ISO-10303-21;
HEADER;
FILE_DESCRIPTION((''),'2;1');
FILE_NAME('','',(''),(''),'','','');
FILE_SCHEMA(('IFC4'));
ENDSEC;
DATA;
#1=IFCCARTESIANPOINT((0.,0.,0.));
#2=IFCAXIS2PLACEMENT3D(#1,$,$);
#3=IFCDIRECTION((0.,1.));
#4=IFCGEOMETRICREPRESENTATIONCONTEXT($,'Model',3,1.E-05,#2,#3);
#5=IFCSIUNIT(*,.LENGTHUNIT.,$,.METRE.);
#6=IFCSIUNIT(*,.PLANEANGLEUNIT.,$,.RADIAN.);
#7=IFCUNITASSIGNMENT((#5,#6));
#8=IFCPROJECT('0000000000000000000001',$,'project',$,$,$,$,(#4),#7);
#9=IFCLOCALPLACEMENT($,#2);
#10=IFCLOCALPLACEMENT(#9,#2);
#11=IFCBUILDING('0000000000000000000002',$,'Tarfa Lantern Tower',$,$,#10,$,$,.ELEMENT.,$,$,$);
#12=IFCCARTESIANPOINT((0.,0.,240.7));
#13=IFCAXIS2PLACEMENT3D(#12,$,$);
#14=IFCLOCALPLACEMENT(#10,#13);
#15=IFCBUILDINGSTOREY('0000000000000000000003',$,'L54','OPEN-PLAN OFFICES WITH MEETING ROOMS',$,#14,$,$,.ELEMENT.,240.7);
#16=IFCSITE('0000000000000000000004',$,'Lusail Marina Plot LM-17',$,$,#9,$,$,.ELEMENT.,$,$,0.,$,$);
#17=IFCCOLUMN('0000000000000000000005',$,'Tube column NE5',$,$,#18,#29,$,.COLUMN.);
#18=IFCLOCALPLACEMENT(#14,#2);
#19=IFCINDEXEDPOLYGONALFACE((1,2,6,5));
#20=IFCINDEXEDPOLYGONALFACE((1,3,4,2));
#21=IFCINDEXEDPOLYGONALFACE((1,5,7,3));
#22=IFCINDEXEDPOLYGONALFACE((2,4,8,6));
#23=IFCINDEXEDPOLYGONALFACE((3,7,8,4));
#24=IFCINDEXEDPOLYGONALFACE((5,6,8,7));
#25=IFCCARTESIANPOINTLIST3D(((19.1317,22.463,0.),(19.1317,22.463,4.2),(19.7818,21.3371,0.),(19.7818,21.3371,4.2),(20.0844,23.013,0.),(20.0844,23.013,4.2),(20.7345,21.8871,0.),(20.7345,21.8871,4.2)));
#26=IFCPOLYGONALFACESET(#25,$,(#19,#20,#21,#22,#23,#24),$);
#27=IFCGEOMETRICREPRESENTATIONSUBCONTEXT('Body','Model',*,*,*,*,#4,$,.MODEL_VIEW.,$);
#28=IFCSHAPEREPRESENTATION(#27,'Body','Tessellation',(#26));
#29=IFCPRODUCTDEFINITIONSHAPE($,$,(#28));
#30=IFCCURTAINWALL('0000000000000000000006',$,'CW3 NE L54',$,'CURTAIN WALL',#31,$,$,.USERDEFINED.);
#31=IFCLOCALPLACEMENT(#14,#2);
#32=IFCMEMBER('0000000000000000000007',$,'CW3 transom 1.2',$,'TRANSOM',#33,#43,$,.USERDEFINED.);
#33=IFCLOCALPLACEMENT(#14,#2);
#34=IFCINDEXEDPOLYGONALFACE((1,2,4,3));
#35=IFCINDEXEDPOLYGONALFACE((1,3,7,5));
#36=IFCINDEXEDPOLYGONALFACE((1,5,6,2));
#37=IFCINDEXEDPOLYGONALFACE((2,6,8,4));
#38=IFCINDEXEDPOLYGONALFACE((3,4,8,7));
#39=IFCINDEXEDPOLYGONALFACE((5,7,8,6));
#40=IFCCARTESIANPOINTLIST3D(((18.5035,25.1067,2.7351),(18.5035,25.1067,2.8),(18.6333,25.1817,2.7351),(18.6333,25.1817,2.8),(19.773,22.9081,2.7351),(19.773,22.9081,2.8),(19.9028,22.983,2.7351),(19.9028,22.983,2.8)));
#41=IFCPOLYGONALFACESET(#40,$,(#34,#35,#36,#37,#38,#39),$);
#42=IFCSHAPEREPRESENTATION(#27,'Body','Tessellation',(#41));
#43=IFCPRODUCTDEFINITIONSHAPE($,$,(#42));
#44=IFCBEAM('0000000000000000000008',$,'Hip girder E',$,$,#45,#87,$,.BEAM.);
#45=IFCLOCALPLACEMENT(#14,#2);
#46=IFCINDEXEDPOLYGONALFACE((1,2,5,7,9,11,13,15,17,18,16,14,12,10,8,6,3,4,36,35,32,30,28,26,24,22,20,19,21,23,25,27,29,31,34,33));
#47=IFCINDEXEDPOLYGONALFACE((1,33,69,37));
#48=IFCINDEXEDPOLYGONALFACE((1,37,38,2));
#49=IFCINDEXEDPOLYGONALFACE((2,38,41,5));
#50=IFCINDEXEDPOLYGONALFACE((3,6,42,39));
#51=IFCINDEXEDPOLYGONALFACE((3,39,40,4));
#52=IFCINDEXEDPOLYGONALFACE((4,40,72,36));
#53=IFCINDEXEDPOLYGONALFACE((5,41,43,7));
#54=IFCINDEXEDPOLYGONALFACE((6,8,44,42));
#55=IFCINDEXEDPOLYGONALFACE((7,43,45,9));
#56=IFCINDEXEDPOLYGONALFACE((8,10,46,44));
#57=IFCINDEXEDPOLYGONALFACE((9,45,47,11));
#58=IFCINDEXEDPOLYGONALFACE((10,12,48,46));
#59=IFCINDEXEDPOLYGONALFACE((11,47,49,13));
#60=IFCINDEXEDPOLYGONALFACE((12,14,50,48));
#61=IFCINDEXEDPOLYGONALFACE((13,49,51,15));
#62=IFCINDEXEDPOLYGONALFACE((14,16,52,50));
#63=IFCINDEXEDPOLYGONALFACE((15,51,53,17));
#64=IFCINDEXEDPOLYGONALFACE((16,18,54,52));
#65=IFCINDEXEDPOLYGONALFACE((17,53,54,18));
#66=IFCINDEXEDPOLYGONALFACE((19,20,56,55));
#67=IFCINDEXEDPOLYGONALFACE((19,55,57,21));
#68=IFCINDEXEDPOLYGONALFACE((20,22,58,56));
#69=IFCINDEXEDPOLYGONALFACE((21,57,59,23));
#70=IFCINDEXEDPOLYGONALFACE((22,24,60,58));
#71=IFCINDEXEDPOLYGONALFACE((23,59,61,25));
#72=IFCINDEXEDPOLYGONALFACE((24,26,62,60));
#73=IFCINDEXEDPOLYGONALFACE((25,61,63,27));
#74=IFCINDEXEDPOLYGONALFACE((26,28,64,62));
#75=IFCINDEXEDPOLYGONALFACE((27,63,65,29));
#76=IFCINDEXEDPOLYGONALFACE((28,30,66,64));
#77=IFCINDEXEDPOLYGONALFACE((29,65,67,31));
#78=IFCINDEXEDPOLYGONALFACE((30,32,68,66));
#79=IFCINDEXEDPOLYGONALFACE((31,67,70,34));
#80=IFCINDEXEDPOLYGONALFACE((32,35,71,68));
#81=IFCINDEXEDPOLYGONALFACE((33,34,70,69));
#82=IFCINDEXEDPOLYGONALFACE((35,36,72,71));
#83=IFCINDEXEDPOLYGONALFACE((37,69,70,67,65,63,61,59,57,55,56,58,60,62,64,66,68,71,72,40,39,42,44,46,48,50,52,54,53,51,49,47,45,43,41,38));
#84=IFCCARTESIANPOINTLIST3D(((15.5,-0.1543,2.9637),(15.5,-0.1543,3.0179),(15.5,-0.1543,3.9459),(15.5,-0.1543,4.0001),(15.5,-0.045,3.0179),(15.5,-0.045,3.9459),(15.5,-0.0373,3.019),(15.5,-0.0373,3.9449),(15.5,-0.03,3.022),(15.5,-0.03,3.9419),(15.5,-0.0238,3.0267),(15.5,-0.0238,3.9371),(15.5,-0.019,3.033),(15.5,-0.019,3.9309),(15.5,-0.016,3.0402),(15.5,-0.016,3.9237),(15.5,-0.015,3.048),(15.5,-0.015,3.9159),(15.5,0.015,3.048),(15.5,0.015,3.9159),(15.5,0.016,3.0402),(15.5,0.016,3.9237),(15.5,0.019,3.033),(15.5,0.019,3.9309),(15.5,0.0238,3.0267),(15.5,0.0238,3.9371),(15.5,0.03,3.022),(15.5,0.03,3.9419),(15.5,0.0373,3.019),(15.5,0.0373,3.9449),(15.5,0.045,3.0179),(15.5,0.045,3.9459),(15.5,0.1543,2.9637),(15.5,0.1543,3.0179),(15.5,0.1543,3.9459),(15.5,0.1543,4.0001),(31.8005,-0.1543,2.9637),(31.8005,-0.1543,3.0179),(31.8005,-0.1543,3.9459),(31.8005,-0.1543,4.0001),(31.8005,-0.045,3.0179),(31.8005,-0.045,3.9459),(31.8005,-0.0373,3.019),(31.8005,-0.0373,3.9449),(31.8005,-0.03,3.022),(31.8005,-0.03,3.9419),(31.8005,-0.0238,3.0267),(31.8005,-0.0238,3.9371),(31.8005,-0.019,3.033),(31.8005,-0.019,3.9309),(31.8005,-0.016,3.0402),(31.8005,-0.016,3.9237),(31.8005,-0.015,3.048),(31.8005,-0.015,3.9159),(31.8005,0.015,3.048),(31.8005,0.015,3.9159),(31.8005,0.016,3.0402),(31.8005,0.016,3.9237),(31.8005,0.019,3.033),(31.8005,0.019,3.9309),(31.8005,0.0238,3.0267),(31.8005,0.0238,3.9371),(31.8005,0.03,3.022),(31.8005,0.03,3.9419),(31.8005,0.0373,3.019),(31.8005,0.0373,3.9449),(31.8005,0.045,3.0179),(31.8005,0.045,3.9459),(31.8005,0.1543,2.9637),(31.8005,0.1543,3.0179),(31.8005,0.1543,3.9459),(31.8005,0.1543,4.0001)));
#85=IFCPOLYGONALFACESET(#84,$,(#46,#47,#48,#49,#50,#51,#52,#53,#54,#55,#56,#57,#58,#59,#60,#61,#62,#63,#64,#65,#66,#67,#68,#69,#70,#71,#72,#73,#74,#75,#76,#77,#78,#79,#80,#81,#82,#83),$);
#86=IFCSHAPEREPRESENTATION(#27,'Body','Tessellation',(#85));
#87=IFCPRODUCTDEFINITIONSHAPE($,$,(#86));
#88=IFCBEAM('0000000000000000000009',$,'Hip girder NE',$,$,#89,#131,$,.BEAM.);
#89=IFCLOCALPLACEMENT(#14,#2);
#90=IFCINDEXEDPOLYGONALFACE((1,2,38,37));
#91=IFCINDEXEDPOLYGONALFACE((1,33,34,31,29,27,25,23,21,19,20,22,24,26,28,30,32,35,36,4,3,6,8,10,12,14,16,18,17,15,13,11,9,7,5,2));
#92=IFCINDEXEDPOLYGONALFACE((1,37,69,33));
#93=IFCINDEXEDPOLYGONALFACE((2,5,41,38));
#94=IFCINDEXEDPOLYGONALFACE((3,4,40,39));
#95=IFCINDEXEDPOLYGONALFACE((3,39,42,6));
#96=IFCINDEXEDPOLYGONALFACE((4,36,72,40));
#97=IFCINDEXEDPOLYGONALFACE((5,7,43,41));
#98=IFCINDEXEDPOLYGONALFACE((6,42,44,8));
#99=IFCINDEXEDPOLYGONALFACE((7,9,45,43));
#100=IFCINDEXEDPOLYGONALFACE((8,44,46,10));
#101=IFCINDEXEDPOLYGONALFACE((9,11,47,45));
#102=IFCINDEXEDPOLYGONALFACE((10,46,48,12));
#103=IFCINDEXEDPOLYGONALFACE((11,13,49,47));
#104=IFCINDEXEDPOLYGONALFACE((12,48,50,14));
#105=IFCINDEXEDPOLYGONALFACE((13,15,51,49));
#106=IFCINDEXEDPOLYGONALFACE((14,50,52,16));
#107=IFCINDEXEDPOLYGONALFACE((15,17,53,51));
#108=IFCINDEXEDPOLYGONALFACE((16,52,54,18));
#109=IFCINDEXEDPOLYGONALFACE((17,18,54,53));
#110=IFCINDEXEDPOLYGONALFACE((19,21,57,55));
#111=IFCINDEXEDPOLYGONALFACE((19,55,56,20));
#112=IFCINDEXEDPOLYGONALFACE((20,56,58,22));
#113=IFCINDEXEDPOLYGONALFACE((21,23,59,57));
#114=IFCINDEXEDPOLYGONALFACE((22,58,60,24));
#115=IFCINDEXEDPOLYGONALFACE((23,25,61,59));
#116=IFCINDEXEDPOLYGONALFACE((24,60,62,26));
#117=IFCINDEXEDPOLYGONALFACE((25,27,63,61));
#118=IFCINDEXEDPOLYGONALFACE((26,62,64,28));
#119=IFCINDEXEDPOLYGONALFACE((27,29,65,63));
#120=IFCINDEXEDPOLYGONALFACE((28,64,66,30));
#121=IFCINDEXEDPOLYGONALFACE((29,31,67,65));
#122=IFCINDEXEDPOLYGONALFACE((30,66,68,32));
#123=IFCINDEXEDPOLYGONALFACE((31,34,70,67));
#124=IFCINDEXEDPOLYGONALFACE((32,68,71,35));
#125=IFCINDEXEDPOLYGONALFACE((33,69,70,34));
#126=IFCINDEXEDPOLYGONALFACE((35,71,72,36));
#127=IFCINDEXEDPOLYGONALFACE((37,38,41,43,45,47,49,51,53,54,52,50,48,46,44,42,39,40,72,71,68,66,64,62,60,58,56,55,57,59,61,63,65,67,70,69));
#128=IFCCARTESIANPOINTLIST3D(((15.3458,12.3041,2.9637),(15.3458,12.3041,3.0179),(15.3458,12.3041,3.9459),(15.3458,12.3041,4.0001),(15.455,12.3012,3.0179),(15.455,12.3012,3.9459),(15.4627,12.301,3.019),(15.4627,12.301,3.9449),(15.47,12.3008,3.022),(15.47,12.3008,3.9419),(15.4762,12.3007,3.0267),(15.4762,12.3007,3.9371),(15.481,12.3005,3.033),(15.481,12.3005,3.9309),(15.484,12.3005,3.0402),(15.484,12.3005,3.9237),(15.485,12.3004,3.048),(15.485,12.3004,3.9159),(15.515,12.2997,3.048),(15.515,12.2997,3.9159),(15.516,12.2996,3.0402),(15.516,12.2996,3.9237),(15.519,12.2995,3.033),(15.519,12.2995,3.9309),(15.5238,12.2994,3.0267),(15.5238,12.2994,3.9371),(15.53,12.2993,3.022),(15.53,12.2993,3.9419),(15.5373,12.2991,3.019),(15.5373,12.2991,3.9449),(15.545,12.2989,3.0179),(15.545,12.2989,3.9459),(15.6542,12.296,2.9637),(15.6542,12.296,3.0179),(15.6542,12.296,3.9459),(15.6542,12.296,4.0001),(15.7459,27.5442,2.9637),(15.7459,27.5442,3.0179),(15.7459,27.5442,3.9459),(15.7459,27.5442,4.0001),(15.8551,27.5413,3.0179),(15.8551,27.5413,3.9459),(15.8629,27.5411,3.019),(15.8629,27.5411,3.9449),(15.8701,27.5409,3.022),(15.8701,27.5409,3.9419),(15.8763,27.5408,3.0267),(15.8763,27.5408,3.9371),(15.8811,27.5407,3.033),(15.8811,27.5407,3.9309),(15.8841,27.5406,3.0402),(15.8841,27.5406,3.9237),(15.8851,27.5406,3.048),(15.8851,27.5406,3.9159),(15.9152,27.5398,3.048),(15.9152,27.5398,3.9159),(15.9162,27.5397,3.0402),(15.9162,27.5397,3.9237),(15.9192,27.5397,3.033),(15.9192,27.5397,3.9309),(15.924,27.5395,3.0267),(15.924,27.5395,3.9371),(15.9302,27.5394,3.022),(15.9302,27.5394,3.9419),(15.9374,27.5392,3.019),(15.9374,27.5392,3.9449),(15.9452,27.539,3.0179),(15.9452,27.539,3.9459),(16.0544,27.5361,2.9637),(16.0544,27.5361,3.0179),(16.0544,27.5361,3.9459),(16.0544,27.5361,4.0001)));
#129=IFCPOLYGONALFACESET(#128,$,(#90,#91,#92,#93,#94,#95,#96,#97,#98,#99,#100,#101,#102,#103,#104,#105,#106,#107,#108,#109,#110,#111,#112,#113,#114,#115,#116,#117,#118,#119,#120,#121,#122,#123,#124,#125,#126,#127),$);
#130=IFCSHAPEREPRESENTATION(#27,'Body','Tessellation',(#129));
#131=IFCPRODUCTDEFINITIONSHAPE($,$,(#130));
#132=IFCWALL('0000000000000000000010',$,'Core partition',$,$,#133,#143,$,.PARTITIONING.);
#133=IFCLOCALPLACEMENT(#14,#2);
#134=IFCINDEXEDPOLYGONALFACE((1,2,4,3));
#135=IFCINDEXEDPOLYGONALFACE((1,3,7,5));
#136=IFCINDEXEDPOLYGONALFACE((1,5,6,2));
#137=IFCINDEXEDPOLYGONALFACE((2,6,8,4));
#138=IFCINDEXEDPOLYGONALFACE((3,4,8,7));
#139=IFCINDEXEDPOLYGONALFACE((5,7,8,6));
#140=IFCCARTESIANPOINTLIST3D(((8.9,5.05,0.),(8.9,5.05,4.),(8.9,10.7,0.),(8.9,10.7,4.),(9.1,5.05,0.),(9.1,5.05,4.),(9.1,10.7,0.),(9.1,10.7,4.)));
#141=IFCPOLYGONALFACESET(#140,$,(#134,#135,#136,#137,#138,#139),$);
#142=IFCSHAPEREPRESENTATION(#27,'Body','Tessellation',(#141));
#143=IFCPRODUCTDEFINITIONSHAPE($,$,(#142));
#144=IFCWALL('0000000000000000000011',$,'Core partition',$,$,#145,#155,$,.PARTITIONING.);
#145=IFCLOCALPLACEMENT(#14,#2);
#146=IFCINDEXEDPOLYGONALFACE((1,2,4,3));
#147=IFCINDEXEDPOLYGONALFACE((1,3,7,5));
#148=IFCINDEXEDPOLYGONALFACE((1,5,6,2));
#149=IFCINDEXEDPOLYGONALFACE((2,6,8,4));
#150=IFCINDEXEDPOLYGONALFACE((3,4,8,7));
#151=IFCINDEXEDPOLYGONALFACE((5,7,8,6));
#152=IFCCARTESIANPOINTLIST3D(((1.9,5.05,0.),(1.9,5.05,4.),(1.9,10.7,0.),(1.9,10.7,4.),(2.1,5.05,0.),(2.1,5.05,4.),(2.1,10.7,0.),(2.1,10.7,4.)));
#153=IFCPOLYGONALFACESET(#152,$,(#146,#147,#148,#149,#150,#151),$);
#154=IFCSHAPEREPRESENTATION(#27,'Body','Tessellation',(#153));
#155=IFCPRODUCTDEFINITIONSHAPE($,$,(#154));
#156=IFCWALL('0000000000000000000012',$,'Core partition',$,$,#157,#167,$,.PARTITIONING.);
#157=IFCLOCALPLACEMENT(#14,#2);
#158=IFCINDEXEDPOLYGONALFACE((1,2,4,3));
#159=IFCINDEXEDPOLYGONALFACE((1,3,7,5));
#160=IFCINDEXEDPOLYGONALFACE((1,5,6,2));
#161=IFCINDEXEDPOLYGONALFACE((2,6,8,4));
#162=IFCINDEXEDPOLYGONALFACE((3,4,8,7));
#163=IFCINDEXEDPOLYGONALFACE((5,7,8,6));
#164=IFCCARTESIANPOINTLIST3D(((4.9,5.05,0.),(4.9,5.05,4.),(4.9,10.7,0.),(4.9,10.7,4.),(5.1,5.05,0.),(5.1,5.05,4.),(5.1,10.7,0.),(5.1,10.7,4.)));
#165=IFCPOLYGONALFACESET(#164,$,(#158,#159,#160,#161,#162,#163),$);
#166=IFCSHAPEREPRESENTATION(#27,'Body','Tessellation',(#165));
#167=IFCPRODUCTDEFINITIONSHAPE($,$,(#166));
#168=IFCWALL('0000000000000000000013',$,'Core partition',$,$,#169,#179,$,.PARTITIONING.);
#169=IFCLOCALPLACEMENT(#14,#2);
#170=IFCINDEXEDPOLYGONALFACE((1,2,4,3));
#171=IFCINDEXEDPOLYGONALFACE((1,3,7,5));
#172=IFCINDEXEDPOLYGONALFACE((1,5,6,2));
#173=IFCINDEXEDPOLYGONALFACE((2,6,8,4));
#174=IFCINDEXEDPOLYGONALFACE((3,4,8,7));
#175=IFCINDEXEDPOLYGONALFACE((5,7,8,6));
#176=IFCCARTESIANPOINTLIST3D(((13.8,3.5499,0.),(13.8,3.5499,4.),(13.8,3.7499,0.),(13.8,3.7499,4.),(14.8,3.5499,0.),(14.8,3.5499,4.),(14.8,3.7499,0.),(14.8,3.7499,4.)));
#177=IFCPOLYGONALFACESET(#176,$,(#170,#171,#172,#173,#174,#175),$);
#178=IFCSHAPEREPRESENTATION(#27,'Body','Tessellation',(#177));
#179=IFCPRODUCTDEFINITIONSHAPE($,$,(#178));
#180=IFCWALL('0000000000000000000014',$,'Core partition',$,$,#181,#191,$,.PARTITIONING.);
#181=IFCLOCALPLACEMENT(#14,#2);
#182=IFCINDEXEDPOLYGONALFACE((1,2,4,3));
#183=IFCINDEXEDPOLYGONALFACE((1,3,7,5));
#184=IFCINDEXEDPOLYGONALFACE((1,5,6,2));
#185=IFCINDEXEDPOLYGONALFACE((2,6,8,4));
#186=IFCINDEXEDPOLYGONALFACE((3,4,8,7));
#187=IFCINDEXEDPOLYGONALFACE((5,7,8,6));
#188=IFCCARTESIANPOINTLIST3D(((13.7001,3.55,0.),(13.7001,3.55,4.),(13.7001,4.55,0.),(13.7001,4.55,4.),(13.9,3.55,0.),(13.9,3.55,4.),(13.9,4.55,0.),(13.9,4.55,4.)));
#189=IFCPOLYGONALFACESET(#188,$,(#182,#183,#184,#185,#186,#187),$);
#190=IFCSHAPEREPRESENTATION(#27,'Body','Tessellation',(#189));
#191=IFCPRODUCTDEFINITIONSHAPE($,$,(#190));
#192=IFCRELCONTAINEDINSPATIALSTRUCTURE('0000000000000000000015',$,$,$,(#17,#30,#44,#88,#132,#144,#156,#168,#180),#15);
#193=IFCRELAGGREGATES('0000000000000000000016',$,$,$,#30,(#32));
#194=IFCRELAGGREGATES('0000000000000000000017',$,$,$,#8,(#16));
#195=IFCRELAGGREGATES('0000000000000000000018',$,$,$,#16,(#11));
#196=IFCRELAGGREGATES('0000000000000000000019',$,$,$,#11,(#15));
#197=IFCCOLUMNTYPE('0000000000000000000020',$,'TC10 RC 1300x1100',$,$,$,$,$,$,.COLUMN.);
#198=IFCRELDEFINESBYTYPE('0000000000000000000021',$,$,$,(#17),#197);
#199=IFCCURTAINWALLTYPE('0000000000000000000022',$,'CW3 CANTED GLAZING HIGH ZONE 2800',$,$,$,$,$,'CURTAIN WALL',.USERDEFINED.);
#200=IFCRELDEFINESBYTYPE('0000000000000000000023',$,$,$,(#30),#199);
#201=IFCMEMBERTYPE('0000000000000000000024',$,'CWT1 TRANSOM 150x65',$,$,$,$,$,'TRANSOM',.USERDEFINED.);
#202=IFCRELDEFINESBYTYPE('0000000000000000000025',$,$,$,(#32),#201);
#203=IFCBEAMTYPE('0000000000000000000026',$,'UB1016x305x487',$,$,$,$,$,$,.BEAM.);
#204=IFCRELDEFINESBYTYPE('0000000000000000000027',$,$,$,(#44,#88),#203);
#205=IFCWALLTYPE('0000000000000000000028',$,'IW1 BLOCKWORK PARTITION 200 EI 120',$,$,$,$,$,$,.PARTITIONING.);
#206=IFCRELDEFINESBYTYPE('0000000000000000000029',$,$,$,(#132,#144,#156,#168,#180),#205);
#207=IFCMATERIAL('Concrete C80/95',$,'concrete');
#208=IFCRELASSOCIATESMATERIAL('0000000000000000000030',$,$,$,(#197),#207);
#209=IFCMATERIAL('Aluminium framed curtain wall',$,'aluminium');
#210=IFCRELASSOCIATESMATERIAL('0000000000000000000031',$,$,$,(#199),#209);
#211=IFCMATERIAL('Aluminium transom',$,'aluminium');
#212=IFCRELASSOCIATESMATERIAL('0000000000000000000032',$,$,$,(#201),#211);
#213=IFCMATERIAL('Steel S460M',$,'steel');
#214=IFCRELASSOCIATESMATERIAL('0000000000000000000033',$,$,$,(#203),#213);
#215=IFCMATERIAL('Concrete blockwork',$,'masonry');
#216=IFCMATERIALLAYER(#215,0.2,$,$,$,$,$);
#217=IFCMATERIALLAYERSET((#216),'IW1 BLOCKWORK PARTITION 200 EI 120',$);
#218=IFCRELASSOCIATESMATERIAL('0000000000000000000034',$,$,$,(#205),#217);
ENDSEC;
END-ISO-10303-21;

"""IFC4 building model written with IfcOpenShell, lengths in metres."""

from ifc_helpers import new_model, si_unit, direction, frame, frame_2d, origin, origin_2d, place, context, subcontext, project, spatial, rectangle, i_section, extrude, material, layer, layer_set, material_profile, profile_set, type_object, element, aggregate, save


model = new_model("IFC4")

# Units and contexts
model_context = context("Model", 3, precision=1e-05, world=origin(), true_north=direction((0.0, 1.0)))
body_context = subcontext(model_context, "Body", "Model", "MODEL_VIEW")
ifc_project = project(units=[si_unit("LENGTHUNIT", "METRE"), si_unit("PLANEANGLEUNIT", "RADIAN")], contexts=[model_context])

# Site, building, storey
site_placement = place(None, origin())
site = spatial("IfcSite", under=ifc_project, at=site_placement, Name="Lusail Marina Plot LM-17", CompositionType="ELEMENT", RefElevation=0.0)
building_placement = place(site_placement, origin())
building = spatial("IfcBuilding", under=site, at=building_placement, Name="Tarfa Lantern Tower", CompositionType="ELEMENT")
storey_placement = place(building_placement, frame((0.0, 0.0, 240.7)))
storey = spatial("IfcBuildingStorey", under=building, at=storey_placement, Name="L54", Description="OPEN-PLAN OFFICES WITH MEETING ROOMS", CompositionType="ELEMENT", Elevation=240.7)

# Column
ifc_material_1 = material(Name="Concrete C80/95", Category="concrete")
ifc_material_profile_1 = material_profile(ifc_material_1, rectangle(XDim=1.3, YDim=1.1001, at=origin_2d()), Name="RC 1300x1100")
ifc_profile_set_1 = profile_set([ifc_material_profile_1], Name="Concrete C80/95")
column_type = type_object("IfcColumnType", Name="TC10 RC 1300x1100", PredefinedType="COLUMN", material=ifc_profile_set_1)
column_placement = place(storey_placement, frame((19.9331, 22.175, 0.0), z_axis=(0.0, 0.0, 1.0), x_axis=(-0.5, 0.866025, 0.0)))
element("IfcColumn", 1, at=column_placement, inside=storey, type_object=column_type, Name="Tube column NE5", PredefinedType="COLUMN", context=body_context, shape_type="SweptSolid", body=[
    extrude(rectangle(XDim=1.3, YDim=1.1001, at=origin_2d()), origin(), (0.0, 0.0, 1.0), 4.2),
])

# Curtain wall, member
ifc_material_2 = material(Name="Aluminium framed curtain wall", Category="aluminium")
curtain_wall_type = type_object("IfcCurtainWallType", Name="CW3 CANTED GLAZING HIGH ZONE 2800", ElementType="CURTAIN WALL", PredefinedType="USERDEFINED", material=ifc_material_2)
curtain_wall_placement = place(storey_placement, origin())
curtain_wall = element("IfcCurtainWall", 2, at=curtain_wall_placement, inside=storey, type_object=curtain_wall_type, Name="CW3 NE L54", ObjectType="CURTAIN WALL", PredefinedType="USERDEFINED")
ifc_material_3 = material(Name="Aluminium transom", Category="aluminium")
ifc_material_profile_2 = material_profile(ifc_material_3, rectangle(XDim=0.1499, YDim=0.0649, at=origin_2d()), Name="AL TRANSOM 150x65")
ifc_profile_set_2 = profile_set([ifc_material_profile_2], Name="Aluminium transom")
member_type = type_object("IfcMemberType", Name="CWT1 TRANSOM 150x65", ElementType="TRANSOM", PredefinedType="USERDEFINED", material=ifc_profile_set_2)
member_placement = place(storey_placement, frame((19.8379, 22.9456, 2.7676), z_axis=(-0.500028, 0.866009, 0.0), x_axis=(-0.866009, -0.500028, 0.0)))
member = element("IfcMember", 3, at=member_placement, type_object=member_type, Name="CW3 transom 1.2", ObjectType="TRANSOM", PredefinedType="USERDEFINED", context=body_context, shape_type="SweptSolid", body=[
    extrude(rectangle(XDim=0.1499, YDim=0.0649, at=origin_2d()), origin(), (0.0, 0.0, 1.0), 2.5388),
])
aggregate(curtain_wall, [member])

# Beams
ifc_material_4 = material(Name="Steel S460M", Category="steel")
ifc_material_profile_3 = material_profile(ifc_material_4, i_section(OverallWidth=0.3086, OverallDepth=1.0364, WebThickness=0.03, FlangeThickness=0.0542, FilletRadius=0.03, at=origin_2d()), Name="UB1016x305x487")
ifc_profile_set_3 = profile_set([ifc_material_profile_3], Name="Steel S460M")
beam_type = type_object("IfcBeamType", Name="UB1016x305x487", PredefinedType="BEAM", material=ifc_profile_set_3)
beam_1_placement = place(storey_placement, frame((15.5, 0.0, 3.4819), z_axis=(1.0, 0.0, 0.0), x_axis=(0.0, 1.0, 0.0)))
element("IfcBeam", 4, at=beam_1_placement, inside=storey, type_object=beam_type, Name="Hip girder E", PredefinedType="BEAM", context=body_context, shape_type="SweptSolid", body=[
    extrude(i_section(OverallWidth=0.3086, OverallDepth=1.0364, WebThickness=0.03, FlangeThickness=0.0542, FilletRadius=0.03, at=origin_2d()), origin(), (0.0, 0.0, 1.0), 16.3005),
])
beam_2_placement = place(storey_placement, frame((15.5, 12.3, 3.4819), z_axis=(0.026247, 0.999655, 0.0), x_axis=(-0.999655, 0.026247, 0.0)))
element("IfcBeam", 5, at=beam_2_placement, inside=storey, type_object=beam_type, Name="Hip girder NE", PredefinedType="BEAM", context=body_context, shape_type="SweptSolid", body=[
    extrude(i_section(OverallWidth=0.3086, OverallDepth=1.0364, WebThickness=0.03, FlangeThickness=0.0542, FilletRadius=0.03, at=origin_2d()), origin(), (0.0, 0.0, 1.0), 15.2454),
])

# Walls
ifc_material_5 = material(Name="Concrete blockwork", Category="masonry")
ifc_layer_1 = layer(ifc_material_5, 0.2)
ifc_layer_set_1 = layer_set([ifc_layer_1], Name="IW1 BLOCKWORK PARTITION 200 EI 120")
wall_type_1 = type_object("IfcWallType", Name="IW1 BLOCKWORK PARTITION 200 EI 120", PredefinedType="PARTITIONING", material=ifc_layer_set_1)
for number, where, z_axis, x_axis, name in (
    (6, (9.0, 5.05, 0.0), (0.0, 0.0, 1.0), (0.0, 1.0, 0.0), "Core partition"),
    (7, (2.0, 5.05, 0.0), (0.0, 0.0, 1.0), (0.0, 1.0, 0.0), "Core partition"),
    (8, (5.0, 5.05, 0.0), (0.0, 0.0, 1.0), (0.0, 1.0, 0.0), "Core partition"),
):
    element("IfcWall", number, at=place(storey_placement, frame(where, z_axis=z_axis, x_axis=x_axis)), inside=storey, type_object=wall_type_1, Name=name, PredefinedType="PARTITIONING", context=body_context, shape_type="SweptSolid", body=[
        extrude(rectangle(XDim=5.6499, YDim=0.2, at=frame_2d((2.825, 0.0))), origin(), (0.0, 0.0, 1.0), 4.0),
    ])
for number, where, z_axis, x_axis, name in (
    (9, (13.8, 3.6499, 0.0), (0.0, 0.0, 1.0), (1.0, 0.0, 0.0), "Core partition"),
    (10, (13.8, 3.55, 0.0), (0.0, 0.0, 1.0), (0.0, 1.0, 0.0), "Core partition"),
):
    element("IfcWall", number, at=place(storey_placement, frame(where, z_axis=z_axis, x_axis=x_axis)), inside=storey, type_object=wall_type_1, Name=name, PredefinedType="PARTITIONING", context=body_context, shape_type="SweptSolid", body=[
        extrude(rectangle(XDim=1.0, YDim=0.2, at=frame_2d((0.5, 0.0))), origin(), (0.0, 0.0, 1.0), 4.0),
    ])

save(model, "model.ifc")
